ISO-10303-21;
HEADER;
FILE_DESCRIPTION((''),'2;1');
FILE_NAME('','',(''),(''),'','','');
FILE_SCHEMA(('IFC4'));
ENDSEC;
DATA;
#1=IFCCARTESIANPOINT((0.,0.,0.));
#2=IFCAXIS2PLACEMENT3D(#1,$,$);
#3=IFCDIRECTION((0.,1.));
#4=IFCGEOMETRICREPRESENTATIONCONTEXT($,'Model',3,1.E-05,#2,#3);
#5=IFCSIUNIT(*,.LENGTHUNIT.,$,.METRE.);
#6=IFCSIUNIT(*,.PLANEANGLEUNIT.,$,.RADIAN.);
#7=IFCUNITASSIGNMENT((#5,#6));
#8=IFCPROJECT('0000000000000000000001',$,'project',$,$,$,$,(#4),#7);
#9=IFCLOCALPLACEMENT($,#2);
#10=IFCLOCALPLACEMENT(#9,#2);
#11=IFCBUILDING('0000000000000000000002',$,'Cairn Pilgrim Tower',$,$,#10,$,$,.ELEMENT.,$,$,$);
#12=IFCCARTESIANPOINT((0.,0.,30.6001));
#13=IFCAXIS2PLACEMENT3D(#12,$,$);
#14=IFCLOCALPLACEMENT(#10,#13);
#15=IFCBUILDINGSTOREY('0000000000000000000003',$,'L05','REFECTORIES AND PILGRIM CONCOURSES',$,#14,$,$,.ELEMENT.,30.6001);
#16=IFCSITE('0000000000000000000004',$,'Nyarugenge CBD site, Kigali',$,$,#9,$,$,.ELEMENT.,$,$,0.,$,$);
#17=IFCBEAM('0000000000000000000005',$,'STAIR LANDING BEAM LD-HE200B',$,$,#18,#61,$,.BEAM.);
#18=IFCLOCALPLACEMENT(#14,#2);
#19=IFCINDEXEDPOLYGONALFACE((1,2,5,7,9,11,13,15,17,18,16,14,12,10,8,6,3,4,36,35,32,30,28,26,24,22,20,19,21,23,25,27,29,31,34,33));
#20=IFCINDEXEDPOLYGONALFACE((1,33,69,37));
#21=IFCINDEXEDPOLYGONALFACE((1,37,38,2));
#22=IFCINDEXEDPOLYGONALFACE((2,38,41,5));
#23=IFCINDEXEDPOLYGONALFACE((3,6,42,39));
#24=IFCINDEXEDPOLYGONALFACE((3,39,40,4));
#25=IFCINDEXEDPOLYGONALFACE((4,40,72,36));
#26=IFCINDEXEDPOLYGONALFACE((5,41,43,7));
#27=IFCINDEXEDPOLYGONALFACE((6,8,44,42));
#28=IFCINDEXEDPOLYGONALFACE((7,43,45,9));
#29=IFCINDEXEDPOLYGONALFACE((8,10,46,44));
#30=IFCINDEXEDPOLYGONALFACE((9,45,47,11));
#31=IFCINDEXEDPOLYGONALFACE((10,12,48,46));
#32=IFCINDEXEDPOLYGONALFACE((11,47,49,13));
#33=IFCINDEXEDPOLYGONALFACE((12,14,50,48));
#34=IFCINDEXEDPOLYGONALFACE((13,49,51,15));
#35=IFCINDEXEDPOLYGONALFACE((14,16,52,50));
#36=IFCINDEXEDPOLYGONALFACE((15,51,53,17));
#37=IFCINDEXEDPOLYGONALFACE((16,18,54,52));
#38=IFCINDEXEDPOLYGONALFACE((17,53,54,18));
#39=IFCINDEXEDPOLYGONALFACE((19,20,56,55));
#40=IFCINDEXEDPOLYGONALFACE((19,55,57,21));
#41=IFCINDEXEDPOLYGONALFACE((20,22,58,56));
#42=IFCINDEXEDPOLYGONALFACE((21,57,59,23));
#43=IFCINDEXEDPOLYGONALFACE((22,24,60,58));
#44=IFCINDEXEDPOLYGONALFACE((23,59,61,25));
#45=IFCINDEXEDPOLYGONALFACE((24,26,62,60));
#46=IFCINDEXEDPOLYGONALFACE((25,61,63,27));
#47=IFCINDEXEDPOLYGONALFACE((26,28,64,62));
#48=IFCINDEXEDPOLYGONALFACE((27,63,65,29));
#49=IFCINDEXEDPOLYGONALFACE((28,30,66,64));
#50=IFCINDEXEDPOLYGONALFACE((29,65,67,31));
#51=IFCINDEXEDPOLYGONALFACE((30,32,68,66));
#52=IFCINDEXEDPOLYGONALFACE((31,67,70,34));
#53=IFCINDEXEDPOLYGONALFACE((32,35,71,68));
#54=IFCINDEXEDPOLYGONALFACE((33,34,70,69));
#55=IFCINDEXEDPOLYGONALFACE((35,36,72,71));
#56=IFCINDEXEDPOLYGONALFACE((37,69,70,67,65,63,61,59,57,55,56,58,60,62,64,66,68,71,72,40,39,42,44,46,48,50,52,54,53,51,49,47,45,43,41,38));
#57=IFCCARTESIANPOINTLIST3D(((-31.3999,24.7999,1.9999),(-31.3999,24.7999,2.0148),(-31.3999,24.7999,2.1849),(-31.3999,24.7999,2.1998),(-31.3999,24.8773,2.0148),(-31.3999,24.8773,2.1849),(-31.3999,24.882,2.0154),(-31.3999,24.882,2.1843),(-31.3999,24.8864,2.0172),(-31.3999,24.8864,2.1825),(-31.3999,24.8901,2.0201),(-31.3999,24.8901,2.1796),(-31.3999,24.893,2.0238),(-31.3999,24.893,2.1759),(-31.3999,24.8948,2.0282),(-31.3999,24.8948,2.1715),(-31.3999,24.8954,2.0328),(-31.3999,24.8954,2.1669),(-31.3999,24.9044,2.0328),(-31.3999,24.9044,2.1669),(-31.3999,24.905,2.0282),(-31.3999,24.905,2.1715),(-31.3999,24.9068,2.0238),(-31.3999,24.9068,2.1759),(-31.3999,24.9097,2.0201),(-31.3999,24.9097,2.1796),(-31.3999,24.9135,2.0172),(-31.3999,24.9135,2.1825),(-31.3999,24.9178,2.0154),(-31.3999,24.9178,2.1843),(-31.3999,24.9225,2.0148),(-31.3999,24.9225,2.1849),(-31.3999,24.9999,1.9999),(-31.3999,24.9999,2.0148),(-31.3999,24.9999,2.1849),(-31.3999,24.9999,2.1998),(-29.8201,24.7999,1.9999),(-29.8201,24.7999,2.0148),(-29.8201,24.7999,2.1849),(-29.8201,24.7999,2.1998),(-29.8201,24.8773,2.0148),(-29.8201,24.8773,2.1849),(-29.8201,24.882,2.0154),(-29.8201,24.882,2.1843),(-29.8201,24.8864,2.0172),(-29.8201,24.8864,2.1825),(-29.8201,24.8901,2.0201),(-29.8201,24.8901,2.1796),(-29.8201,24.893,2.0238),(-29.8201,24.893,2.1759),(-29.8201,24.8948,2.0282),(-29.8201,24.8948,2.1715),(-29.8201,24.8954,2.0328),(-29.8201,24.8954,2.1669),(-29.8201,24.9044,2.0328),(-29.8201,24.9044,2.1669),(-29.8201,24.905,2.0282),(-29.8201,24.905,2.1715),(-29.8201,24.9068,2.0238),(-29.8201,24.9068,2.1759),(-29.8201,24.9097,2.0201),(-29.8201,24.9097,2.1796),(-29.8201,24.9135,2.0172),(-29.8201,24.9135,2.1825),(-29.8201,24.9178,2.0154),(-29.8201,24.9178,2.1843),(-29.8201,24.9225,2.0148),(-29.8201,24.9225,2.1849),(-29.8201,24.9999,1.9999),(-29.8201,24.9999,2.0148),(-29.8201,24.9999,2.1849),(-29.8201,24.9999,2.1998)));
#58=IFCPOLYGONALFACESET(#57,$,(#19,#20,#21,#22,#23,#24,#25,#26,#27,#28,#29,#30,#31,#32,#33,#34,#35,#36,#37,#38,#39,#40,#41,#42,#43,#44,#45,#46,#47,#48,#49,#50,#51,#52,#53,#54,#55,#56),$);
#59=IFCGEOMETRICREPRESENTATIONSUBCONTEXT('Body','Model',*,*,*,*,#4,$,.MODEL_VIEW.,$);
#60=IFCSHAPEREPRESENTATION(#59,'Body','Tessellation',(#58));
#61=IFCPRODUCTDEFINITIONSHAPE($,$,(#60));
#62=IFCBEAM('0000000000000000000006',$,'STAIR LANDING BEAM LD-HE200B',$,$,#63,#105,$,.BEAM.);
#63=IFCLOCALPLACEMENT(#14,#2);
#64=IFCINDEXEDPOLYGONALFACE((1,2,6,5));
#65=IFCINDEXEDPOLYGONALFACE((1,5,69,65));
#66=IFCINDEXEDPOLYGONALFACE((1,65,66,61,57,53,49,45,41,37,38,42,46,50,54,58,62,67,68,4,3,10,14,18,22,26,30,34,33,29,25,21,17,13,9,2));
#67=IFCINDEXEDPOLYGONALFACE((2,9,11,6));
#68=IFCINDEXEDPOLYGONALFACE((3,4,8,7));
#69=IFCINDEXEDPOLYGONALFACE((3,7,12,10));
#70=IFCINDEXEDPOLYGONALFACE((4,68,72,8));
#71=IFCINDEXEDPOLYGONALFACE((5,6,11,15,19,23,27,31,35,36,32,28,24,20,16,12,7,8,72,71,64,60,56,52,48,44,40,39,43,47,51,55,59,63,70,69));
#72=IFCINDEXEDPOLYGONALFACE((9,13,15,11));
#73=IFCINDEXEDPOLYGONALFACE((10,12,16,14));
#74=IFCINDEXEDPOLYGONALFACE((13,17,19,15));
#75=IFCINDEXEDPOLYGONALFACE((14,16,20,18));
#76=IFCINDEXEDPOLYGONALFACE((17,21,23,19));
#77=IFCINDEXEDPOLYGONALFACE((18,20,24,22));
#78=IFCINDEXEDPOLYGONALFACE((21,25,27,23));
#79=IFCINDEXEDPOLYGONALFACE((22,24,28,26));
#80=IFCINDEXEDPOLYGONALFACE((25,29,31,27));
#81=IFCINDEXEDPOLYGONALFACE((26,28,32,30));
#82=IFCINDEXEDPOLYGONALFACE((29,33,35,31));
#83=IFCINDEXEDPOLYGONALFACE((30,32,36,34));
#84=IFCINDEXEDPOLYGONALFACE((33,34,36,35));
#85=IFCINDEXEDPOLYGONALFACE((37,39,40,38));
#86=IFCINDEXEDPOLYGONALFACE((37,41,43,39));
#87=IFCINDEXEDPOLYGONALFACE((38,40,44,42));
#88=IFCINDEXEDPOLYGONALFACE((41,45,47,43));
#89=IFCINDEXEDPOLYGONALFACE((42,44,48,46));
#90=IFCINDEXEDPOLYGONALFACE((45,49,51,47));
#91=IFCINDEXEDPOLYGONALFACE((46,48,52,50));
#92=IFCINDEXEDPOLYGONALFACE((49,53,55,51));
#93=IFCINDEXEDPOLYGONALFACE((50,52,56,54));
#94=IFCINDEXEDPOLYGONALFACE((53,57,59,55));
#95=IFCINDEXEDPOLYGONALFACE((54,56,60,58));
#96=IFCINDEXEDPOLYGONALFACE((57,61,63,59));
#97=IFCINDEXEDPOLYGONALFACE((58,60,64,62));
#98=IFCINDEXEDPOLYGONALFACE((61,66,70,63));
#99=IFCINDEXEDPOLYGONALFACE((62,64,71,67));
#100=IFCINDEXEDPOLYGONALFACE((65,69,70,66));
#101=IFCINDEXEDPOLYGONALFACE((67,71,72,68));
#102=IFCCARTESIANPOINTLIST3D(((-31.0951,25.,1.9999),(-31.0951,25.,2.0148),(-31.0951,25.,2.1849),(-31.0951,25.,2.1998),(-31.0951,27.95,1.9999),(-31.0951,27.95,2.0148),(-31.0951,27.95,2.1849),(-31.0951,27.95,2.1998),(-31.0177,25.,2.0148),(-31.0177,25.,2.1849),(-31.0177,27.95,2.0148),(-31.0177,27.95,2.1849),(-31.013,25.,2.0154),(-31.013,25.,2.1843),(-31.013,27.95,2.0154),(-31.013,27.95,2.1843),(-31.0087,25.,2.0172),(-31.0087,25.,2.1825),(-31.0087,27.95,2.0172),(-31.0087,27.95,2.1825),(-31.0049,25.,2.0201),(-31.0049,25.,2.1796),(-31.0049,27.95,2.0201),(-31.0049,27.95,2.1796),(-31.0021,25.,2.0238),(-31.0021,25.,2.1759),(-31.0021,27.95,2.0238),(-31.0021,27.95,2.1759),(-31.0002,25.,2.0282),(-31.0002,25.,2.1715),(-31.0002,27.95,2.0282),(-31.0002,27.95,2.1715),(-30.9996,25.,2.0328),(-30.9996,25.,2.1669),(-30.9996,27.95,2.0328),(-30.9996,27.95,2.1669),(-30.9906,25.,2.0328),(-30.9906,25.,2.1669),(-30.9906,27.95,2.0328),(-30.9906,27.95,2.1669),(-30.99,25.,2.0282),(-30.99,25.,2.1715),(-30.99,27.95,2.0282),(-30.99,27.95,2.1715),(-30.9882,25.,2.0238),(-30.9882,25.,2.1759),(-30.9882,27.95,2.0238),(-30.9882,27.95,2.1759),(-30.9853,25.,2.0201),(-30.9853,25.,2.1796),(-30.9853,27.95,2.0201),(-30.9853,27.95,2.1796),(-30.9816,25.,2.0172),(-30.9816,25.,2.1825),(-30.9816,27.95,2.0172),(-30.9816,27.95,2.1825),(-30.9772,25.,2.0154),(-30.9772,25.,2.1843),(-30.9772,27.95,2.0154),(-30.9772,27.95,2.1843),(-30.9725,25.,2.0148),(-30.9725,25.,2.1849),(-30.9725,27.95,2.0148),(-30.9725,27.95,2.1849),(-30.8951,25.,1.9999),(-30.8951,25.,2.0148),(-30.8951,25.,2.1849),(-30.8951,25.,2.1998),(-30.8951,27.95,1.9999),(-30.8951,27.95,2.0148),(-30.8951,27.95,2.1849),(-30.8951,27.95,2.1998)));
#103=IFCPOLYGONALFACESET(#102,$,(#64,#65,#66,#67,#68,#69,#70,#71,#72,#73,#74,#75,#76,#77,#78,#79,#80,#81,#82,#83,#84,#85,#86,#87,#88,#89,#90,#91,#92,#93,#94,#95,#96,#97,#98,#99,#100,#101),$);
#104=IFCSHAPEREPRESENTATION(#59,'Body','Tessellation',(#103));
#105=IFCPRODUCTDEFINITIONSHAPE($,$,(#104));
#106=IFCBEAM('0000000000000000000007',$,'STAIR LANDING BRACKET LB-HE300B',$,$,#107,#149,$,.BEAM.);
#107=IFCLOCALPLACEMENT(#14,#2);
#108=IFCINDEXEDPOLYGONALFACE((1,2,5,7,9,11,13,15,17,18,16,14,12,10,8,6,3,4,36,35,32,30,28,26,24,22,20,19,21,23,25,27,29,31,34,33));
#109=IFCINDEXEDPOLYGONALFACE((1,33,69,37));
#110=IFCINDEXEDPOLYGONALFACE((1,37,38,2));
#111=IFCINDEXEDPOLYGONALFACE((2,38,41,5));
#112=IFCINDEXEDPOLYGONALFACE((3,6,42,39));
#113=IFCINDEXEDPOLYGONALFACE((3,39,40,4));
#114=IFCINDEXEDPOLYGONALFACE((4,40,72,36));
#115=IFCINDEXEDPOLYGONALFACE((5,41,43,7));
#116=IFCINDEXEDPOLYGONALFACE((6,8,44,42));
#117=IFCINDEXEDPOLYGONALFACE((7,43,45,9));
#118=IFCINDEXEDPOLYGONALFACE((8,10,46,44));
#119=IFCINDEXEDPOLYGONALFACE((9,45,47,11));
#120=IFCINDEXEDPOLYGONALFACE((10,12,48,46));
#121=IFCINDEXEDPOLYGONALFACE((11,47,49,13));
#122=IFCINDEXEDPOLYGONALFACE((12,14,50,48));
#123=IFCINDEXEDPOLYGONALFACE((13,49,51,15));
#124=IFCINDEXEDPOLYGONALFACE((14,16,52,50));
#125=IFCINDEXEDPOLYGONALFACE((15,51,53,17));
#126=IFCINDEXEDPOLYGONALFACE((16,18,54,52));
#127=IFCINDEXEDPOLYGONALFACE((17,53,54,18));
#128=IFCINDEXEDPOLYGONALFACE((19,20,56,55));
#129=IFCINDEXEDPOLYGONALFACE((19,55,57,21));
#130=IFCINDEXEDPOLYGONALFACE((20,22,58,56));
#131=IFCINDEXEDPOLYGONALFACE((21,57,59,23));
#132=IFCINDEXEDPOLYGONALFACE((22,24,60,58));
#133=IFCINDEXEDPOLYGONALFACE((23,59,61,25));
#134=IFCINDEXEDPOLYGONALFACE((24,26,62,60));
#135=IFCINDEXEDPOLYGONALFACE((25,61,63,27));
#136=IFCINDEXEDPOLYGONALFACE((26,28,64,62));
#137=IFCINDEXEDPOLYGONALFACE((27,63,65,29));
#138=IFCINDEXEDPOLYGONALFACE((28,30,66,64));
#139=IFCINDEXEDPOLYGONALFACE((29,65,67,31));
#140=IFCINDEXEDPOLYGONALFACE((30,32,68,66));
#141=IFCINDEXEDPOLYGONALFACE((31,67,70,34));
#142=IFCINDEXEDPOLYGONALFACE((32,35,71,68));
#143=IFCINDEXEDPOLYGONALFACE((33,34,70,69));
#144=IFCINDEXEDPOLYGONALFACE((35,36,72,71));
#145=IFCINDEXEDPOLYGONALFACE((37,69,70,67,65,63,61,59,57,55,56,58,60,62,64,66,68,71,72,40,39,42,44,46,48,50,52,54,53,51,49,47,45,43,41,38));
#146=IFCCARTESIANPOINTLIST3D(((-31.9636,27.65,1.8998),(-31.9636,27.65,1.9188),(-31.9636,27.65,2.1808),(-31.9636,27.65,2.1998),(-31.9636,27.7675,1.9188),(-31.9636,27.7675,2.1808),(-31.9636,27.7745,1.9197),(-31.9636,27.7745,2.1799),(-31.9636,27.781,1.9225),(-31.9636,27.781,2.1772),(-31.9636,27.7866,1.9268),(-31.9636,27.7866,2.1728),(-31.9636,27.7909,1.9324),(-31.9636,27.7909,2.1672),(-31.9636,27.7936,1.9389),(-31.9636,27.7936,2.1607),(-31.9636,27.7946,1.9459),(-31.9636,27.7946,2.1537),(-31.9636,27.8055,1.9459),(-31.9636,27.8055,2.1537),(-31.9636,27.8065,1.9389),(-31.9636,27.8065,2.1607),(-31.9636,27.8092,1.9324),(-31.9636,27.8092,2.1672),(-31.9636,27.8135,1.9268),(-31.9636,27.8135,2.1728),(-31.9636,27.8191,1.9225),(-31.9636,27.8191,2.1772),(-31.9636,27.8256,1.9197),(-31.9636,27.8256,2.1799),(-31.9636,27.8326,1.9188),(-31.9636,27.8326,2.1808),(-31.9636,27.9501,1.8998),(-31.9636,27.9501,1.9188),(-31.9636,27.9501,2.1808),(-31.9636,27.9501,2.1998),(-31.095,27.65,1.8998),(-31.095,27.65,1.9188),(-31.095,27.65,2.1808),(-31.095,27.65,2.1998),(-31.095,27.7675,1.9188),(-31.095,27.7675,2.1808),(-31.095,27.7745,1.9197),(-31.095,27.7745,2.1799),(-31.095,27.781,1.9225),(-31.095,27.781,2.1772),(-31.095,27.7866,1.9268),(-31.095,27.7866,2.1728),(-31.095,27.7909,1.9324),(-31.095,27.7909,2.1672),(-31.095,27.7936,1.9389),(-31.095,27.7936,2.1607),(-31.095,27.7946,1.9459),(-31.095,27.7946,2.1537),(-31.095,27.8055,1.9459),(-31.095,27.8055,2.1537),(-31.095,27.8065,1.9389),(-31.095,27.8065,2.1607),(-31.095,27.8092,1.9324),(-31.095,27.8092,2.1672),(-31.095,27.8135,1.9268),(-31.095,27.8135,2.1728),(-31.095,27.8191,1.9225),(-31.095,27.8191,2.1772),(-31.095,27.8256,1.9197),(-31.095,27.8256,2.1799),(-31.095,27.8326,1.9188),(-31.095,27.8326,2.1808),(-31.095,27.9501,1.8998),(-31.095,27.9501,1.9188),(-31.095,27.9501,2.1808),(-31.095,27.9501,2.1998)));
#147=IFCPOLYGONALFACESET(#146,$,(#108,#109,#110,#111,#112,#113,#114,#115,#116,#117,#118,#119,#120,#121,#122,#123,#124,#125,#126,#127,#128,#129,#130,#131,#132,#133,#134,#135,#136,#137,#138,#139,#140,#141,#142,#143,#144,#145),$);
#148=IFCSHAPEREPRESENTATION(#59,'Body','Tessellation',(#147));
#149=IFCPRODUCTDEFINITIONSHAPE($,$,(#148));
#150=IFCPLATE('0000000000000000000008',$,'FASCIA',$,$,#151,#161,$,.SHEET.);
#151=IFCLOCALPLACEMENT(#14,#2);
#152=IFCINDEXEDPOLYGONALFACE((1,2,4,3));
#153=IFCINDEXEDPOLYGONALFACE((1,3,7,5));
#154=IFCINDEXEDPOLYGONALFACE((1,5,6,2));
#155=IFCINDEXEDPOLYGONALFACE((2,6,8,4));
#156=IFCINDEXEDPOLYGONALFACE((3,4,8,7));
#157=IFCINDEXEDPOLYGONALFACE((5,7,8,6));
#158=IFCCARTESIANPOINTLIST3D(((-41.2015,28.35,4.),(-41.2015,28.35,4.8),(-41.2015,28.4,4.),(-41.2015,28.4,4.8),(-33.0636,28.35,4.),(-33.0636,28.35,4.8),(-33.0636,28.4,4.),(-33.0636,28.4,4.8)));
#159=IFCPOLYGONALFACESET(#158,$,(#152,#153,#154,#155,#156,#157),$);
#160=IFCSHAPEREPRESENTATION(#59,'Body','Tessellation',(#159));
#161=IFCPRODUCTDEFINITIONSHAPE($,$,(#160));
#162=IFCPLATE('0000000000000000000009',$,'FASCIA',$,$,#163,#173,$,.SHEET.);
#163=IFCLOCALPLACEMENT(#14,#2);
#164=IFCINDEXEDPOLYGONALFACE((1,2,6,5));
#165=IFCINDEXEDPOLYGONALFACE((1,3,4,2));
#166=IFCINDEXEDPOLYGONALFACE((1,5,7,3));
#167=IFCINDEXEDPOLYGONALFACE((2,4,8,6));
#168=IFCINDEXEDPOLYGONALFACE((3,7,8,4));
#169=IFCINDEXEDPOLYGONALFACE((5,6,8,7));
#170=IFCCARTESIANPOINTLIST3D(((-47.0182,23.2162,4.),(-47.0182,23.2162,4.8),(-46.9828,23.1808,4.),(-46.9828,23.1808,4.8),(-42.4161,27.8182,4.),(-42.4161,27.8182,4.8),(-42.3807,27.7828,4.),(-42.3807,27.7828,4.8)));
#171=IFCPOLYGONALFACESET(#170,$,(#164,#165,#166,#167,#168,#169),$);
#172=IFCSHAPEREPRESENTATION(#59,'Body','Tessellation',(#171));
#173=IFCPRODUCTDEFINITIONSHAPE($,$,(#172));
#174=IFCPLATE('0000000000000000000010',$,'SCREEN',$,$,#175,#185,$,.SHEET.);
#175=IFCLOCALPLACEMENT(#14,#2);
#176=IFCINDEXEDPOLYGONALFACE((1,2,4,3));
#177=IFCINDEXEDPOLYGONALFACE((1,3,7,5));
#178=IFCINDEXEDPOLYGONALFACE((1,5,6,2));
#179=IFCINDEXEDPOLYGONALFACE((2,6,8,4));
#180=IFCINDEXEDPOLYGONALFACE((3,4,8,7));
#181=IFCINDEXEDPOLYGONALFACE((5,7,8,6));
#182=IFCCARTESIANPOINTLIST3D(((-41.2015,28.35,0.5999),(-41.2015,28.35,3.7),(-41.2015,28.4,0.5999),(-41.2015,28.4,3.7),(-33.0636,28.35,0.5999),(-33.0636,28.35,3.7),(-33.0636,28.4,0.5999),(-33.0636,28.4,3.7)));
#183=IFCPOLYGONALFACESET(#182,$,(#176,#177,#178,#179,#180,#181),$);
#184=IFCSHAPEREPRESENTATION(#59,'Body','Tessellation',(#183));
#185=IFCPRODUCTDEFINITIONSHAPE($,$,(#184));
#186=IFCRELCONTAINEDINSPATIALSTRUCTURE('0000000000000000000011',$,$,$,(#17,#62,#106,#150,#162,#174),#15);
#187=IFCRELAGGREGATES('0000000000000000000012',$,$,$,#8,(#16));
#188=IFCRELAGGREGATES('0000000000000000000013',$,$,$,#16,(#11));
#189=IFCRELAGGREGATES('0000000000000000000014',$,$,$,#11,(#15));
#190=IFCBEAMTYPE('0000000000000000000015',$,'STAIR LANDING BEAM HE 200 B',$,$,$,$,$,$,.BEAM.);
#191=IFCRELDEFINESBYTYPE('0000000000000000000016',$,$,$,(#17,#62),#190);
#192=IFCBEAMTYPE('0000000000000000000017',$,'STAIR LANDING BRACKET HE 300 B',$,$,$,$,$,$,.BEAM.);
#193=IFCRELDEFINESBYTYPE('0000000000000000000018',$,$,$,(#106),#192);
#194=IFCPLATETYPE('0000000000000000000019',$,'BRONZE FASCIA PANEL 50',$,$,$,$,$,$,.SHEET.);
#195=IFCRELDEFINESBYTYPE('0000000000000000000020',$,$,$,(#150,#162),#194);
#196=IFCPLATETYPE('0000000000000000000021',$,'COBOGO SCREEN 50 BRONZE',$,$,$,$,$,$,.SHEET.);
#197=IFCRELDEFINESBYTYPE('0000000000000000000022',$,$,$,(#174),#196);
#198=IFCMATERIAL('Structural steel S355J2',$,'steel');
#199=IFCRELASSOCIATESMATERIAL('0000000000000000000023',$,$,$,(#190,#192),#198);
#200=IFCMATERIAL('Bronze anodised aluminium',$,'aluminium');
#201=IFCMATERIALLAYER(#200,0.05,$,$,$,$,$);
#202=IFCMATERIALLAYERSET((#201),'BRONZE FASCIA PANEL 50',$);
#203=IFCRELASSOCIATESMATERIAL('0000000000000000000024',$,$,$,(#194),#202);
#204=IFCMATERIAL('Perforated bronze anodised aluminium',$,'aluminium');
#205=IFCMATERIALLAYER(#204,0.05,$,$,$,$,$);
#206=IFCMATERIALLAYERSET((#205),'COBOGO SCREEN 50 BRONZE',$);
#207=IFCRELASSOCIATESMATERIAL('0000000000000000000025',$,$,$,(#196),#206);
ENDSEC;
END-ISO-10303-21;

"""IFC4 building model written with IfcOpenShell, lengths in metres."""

from ifc_helpers import new_model, si_unit, direction, frame, origin, origin_2d, place, context, subcontext, project, spatial, rectangle, i_section, extrude, material, layer, layer_set, material_profile, profile_set, type_object, element, save


model = new_model("IFC4")

# Units and contexts
model_context = context("Model", 3, precision=1e-05, world=origin(), true_north=direction((0.0, 1.0)))
body_context = subcontext(model_context, "Body", "Model", "MODEL_VIEW")
ifc_project = project(units=[si_unit("LENGTHUNIT", "METRE"), si_unit("PLANEANGLEUNIT", "RADIAN")], contexts=[model_context])

# Site, building, storey
site_placement = place(None, origin())
site = spatial("IfcSite", under=ifc_project, at=site_placement, Name="Nyarugenge CBD site, Kigali", CompositionType="ELEMENT", RefElevation=0.0)
building_placement = place(site_placement, origin())
building = spatial("IfcBuilding", under=site, at=building_placement, Name="Cairn Pilgrim Tower", CompositionType="ELEMENT")
storey_placement = place(building_placement, frame((0.0, 0.0, 30.6001)))
storey = spatial("IfcBuildingStorey", under=building, at=storey_placement, Name="L05", Description="REFECTORIES AND PILGRIM CONCOURSES", CompositionType="ELEMENT", Elevation=30.6001)

# Shared definitions
ifc_material_1 = material(Name="Structural steel S355J2", Category="steel")

# Beams
ifc_material_profile_1 = material_profile(ifc_material_1, i_section(OverallWidth=0.2, OverallDepth=0.2, WebThickness=0.009, FlangeThickness=0.0149, FilletRadius=0.0181, at=origin_2d()), Name="HE 200 B")
ifc_profile_set_1 = profile_set([ifc_material_profile_1], Name="Structural steel S355J2")
beam_type_1 = type_object("IfcBeamType", Name="STAIR LANDING BEAM HE 200 B", PredefinedType="BEAM", material=ifc_profile_set_1)
beam_1_placement = place(storey_placement, frame((-31.3999, 24.8999, 2.0999), z_axis=(1.0, 0.0, 0.0), x_axis=(0.0, 1.0, 0.0)))
element("IfcBeam", 1, at=beam_1_placement, inside=storey, type_object=beam_type_1, Name="STAIR LANDING BEAM LD-HE200B", PredefinedType="BEAM", context=body_context, shape_type="SweptSolid", body=[
    extrude(i_section(OverallWidth=0.2, OverallDepth=0.2, WebThickness=0.009, FlangeThickness=0.0149, FilletRadius=0.0181, at=origin_2d()), origin(), (0.0, 0.0, 1.0), 1.5798),
])
beam_2_placement = place(storey_placement, frame((-30.9951, 25.0, 2.0999), z_axis=(0.0, 1.0, 0.0), x_axis=(-1.0, 0.0, 0.0)))
element("IfcBeam", 2, at=beam_2_placement, inside=storey, type_object=beam_type_1, Name="STAIR LANDING BEAM LD-HE200B", PredefinedType="BEAM", context=body_context, shape_type="SweptSolid", body=[
    extrude(i_section(OverallWidth=0.2, OverallDepth=0.2, WebThickness=0.009, FlangeThickness=0.0149, FilletRadius=0.0181, at=origin_2d()), origin(), (0.0, 0.0, 1.0), 2.95),
])
ifc_material_profile_2 = material_profile(ifc_material_1, i_section(OverallWidth=0.3, OverallDepth=0.3, WebThickness=0.011, FlangeThickness=0.019, FilletRadius=0.0271, at=origin_2d()), Name="HE 300 B")
ifc_profile_set_2 = profile_set([ifc_material_profile_2], Name="Structural steel S355J2")
beam_type_2 = type_object("IfcBeamType", Name="STAIR LANDING BRACKET HE 300 B", PredefinedType="BEAM", material=ifc_profile_set_2)
beam_3_placement = place(storey_placement, frame((-31.9636, 27.8, 2.0498), z_axis=(1.0, 0.0, 0.0), x_axis=(0.0, 1.0, 0.0)))
element("IfcBeam", 3, at=beam_3_placement, inside=storey, type_object=beam_type_2, Name="STAIR LANDING BRACKET LB-HE300B", PredefinedType="BEAM", context=body_context, shape_type="SweptSolid", body=[
    extrude(i_section(OverallWidth=0.3, OverallDepth=0.3, WebThickness=0.011, FlangeThickness=0.019, FilletRadius=0.0271, at=origin_2d()), origin(), (0.0, 0.0, 1.0), 0.8687),
])

# Plates
ifc_material_2 = material(Name="Bronze anodised aluminium", Category="aluminium")
ifc_layer_1 = layer(ifc_material_2, 0.05)
ifc_layer_set_1 = layer_set([ifc_layer_1], Name="BRONZE FASCIA PANEL 50")
plate_type_1 = type_object("IfcPlateType", Name="BRONZE FASCIA PANEL 50", PredefinedType="SHEET", material=ifc_layer_set_1)
plate_1_placement = place(storey_placement, frame((-37.1326, 28.375, 4.0), z_axis=(0.0, 0.0, 1.0), x_axis=(-1.0, 0.0, 0.0)))
element("IfcPlate", 4, at=plate_1_placement, inside=storey, type_object=plate_type_1, Name="FASCIA", PredefinedType="SHEET", context=body_context, shape_type="SweptSolid", body=[
    extrude(rectangle(XDim=8.1379, YDim=0.05, at=origin_2d()), origin(), (0.0, 0.0, 1.0), 0.8),
])
plate_2_placement = place(storey_placement, frame((-44.6995, 25.4995, 4.0), z_axis=(0.0, 0.0, 1.0), x_axis=(-0.707107, -0.707107, 0.0)))
element("IfcPlate", 5, at=plate_2_placement, inside=storey, type_object=plate_type_1, Name="FASCIA", PredefinedType="SHEET", context=body_context, shape_type="SweptSolid", body=[
    extrude(rectangle(XDim=6.5083, YDim=0.05, at=origin_2d()), origin(), (0.0, 0.0, 1.0), 0.8),
])
ifc_material_3 = material(Name="Perforated bronze anodised aluminium", Category="aluminium")
ifc_layer_2 = layer(ifc_material_3, 0.05)
ifc_layer_set_2 = layer_set([ifc_layer_2], Name="COBOGO SCREEN 50 BRONZE")
plate_type_2 = type_object("IfcPlateType", Name="COBOGO SCREEN 50 BRONZE", PredefinedType="SHEET", material=ifc_layer_set_2)
plate_3_placement = place(storey_placement, frame((-37.1326, 28.375, 0.5999), z_axis=(0.0, 0.0, 1.0), x_axis=(-1.0, 0.0, 0.0)))
element("IfcPlate", 6, at=plate_3_placement, inside=storey, type_object=plate_type_2, Name="SCREEN", PredefinedType="SHEET", context=body_context, shape_type="SweptSolid", body=[
    extrude(rectangle(XDim=8.1379, YDim=0.05, at=origin_2d()), origin(), (0.0, 0.0, 1.0), 3.1001),
])

save(model, "model.ifc")
